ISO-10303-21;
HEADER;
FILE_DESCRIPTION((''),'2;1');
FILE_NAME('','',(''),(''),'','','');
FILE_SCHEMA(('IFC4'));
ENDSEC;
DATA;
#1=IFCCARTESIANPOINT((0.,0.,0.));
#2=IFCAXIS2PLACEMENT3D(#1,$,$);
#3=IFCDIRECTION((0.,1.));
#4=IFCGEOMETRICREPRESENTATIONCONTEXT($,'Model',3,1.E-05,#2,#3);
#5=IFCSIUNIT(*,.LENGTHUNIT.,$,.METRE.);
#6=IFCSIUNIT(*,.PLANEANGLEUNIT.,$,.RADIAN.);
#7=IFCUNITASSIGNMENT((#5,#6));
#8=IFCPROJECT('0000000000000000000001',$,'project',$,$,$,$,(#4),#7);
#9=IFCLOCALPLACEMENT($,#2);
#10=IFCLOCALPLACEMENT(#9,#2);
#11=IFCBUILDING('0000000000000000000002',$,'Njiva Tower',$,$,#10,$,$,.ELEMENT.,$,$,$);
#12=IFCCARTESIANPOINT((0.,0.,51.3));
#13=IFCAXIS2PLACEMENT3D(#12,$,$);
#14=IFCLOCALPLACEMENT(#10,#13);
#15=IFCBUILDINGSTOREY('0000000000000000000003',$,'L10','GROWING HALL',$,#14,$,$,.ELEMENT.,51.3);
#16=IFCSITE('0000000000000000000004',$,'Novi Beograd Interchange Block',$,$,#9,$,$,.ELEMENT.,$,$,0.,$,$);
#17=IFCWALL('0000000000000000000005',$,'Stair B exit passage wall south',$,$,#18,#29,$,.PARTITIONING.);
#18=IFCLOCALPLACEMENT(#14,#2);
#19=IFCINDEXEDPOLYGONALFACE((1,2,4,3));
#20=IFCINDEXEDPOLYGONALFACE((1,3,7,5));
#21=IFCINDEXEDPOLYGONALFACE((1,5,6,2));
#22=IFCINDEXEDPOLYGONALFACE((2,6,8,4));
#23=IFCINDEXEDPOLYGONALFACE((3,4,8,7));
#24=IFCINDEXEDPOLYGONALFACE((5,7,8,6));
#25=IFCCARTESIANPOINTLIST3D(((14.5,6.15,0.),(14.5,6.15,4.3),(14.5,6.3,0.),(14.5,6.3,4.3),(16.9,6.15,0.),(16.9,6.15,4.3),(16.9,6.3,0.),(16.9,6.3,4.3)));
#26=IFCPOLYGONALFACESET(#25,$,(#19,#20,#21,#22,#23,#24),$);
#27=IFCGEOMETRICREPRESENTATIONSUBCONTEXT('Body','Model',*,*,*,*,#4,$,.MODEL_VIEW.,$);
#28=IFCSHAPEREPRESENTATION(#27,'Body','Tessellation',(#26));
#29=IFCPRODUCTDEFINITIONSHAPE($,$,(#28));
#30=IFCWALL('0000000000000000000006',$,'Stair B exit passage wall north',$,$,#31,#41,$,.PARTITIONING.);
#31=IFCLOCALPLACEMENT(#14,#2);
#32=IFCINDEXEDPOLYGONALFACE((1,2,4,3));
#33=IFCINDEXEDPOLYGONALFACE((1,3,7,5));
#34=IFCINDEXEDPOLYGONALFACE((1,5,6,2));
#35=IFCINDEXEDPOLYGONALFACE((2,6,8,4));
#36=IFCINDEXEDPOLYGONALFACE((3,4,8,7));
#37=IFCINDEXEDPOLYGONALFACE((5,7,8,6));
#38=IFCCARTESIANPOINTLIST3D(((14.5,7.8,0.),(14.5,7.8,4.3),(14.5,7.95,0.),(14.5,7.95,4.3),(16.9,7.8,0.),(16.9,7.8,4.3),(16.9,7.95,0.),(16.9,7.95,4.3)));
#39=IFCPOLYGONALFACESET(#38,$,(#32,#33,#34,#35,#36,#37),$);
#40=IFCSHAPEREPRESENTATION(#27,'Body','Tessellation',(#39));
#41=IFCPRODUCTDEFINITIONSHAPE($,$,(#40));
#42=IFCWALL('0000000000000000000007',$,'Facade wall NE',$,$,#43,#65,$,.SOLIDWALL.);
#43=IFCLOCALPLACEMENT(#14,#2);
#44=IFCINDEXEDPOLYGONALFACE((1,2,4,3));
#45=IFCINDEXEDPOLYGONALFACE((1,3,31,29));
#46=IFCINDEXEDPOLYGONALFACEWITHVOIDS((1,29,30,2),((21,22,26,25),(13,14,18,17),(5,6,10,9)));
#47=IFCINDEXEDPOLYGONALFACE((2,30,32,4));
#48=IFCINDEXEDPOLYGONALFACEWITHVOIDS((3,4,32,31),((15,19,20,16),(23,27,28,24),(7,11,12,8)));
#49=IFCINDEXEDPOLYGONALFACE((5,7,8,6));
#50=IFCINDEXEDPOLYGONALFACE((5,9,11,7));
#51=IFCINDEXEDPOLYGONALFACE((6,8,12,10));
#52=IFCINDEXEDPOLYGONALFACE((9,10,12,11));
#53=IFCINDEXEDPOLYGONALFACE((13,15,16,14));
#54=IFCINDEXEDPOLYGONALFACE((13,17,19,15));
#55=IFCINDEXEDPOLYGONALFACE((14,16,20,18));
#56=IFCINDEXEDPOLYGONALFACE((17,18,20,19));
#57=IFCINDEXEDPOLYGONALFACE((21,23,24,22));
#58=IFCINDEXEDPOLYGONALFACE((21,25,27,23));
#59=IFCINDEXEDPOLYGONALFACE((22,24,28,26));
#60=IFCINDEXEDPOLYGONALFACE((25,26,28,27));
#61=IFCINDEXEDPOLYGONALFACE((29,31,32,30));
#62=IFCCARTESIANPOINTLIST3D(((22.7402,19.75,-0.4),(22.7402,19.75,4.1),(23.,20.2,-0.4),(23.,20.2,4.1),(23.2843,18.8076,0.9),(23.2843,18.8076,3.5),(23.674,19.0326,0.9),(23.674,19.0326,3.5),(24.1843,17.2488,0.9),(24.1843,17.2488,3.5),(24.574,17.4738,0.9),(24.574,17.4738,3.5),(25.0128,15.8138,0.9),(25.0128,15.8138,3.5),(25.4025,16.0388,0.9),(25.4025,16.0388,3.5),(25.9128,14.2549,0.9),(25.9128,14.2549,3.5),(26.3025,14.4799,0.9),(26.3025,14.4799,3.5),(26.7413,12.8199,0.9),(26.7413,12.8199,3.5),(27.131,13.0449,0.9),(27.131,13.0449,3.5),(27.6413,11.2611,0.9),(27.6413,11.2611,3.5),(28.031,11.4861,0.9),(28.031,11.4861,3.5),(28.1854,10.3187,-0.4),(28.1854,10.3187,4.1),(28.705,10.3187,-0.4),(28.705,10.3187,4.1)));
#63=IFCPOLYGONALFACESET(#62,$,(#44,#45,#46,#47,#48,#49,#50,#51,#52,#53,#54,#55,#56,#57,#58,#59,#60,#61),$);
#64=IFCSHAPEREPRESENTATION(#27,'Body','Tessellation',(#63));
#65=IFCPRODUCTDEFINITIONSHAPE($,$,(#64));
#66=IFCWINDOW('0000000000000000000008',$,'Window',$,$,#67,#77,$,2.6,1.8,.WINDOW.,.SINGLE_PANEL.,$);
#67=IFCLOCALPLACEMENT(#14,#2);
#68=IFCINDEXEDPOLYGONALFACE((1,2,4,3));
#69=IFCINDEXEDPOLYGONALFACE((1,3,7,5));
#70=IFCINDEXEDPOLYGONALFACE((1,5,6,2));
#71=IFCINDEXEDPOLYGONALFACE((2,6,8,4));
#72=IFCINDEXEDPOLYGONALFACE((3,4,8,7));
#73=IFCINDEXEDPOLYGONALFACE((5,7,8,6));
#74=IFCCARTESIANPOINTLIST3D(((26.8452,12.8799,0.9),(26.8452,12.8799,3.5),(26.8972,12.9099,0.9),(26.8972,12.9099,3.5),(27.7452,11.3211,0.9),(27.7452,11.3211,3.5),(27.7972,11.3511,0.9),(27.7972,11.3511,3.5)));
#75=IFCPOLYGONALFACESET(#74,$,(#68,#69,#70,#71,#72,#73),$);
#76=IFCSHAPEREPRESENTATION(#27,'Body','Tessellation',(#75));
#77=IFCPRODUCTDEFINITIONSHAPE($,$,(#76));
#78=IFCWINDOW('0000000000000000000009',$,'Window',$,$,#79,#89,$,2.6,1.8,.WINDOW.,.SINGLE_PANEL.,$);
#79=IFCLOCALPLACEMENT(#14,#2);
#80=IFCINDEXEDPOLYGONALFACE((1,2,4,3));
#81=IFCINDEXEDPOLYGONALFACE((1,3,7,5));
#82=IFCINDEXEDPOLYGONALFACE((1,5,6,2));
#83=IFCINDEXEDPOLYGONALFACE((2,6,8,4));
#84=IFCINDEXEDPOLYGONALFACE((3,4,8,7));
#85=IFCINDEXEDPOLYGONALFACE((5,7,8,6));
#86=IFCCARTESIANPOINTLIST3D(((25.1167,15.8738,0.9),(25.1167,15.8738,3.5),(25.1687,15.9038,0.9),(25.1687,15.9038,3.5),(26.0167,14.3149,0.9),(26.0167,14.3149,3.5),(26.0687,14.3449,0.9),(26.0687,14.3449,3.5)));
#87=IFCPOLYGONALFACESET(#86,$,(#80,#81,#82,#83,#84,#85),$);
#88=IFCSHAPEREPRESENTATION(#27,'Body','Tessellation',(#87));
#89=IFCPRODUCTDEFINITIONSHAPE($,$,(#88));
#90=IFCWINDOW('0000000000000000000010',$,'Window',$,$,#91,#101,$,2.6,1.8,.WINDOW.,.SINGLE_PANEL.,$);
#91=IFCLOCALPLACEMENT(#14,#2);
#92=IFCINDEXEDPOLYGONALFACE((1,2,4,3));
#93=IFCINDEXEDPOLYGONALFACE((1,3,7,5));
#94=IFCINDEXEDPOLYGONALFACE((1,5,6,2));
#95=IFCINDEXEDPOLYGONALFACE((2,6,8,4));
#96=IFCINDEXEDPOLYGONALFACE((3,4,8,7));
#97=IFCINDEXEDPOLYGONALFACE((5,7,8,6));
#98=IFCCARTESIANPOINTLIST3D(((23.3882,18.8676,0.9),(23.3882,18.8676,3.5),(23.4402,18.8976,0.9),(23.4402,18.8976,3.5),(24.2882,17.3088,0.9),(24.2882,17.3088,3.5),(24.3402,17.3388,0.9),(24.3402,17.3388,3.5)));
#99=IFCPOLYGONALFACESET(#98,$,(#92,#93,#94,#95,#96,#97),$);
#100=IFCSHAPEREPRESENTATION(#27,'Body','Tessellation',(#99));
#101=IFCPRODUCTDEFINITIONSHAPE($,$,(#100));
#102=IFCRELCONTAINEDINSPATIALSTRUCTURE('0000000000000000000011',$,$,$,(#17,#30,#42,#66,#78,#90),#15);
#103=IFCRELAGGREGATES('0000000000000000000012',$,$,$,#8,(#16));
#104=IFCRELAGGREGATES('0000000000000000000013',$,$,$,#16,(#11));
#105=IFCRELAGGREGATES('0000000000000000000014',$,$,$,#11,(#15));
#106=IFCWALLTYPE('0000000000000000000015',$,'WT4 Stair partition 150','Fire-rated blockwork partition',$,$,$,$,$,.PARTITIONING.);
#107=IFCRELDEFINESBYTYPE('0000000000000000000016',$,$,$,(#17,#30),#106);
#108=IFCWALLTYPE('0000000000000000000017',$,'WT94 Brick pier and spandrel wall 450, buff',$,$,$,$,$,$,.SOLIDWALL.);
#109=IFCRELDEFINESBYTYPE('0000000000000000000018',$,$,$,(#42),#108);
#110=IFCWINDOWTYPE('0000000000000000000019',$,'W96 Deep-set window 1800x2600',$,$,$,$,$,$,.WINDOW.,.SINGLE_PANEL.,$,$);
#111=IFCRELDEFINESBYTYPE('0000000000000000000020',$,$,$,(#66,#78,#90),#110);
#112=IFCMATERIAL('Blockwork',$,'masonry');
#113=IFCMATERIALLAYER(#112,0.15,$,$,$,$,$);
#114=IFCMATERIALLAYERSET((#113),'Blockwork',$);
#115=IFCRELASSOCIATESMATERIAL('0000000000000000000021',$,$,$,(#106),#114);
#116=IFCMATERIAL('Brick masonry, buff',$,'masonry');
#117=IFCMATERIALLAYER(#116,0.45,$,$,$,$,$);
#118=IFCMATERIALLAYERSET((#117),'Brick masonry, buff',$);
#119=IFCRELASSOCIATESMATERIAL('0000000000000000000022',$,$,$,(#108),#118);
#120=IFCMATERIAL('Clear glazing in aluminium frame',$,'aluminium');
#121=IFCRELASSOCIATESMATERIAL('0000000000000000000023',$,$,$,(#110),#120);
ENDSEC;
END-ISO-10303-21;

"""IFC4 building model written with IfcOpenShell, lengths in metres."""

from ifc_helpers import new_model, si_unit, direction, frame, frame_2d, origin, place, context, subcontext, project, spatial, polyline, rectangle, outline, extrude, material, layer, layer_set, type_object, element, fill, save


model = new_model("IFC4")

# Units and contexts
model_context = context("Model", 3, precision=1e-05, world=origin(), true_north=direction((0.0, 1.0)))
body_context = subcontext(model_context, "Body", "Model", "MODEL_VIEW")
ifc_project = project(units=[si_unit("LENGTHUNIT", "METRE"), si_unit("PLANEANGLEUNIT", "RADIAN")], contexts=[model_context])

# Site, building, storey
site_placement = place(None, origin())
site = spatial("IfcSite", under=ifc_project, at=site_placement, Name="Novi Beograd Interchange Block", CompositionType="ELEMENT", RefElevation=0.0)
building_placement = place(site_placement, origin())
building = spatial("IfcBuilding", under=site, at=building_placement, Name="Njiva Tower", CompositionType="ELEMENT")
storey_placement = place(building_placement, frame((0.0, 0.0, 51.3)))
storey = spatial("IfcBuildingStorey", under=building, at=storey_placement, Name="L10", Description="GROWING HALL", CompositionType="ELEMENT", Elevation=51.3)

# Walls
ifc_material_1 = material(Name="Blockwork", Category="masonry")
ifc_layer_1 = layer(ifc_material_1, 0.15)
ifc_layer_set_1 = layer_set([ifc_layer_1], Name="Blockwork")
wall_type_1 = type_object("IfcWallType", Name="WT4 Stair partition 150", Description="Fire-rated blockwork partition", PredefinedType="PARTITIONING", material=ifc_layer_set_1)
for number, where, z_axis, x_axis, name in (
    (1, (14.5, 6.225, 0.0), (0.0, 0.0, 1.0), (1.0, 0.0, 0.0), "Stair B exit passage wall south"),
    (2, (14.5, 7.875, 0.0), (0.0, 0.0, 1.0), (1.0, 0.0, 0.0), "Stair B exit passage wall north"),
):
    element("IfcWall", number, at=place(storey_placement, frame(where, z_axis=z_axis, x_axis=x_axis)), inside=storey, type_object=wall_type_1, Name=name, PredefinedType="PARTITIONING", context=body_context, shape_type="SweptSolid", body=[
        extrude(rectangle(XDim=2.4, YDim=0.15, at=frame_2d((1.2, 0.0))), origin(), (0.0, 0.0, 1.0), 4.3),
    ])

# Wall, openings, windows
ifc_material_2 = material(Name="Brick masonry, buff", Category="masonry")
ifc_layer_2 = layer(ifc_material_2, 0.45)
ifc_layer_set_2 = layer_set([ifc_layer_2], Name="Brick masonry, buff")
wall_type_2 = type_object("IfcWallType", Name="WT94 Brick pier and spandrel wall 450, buff", PredefinedType="SOLIDWALL", material=ifc_layer_set_2)
wall_1_placement = place(storey_placement, frame((28.4452, 10.3187, -0.4), z_axis=(0.0, 0.0, 1.0), x_axis=(-0.500002, 0.866024, 0.0)))
wall_1 = element("IfcWall", 3, at=wall_1_placement, inside=storey, type_object=wall_type_2, Name="Facade wall NE", PredefinedType="SOLIDWALL", context=body_context, shape_type="SweptSolid", body=[
    extrude(outline(polyline([(-0.1299, -0.225), (11.2801, -0.225), (11.0203, 0.225), (0.1299, 0.225), (-0.1299, -0.225)])), origin(), (0.0, 0.0, 1.0), 4.5),
])
opening_1_placement = place(wall_1_placement, frame((1.2181, 0.0, 1.3)))
opening_1 = element("IfcOpeningElement", 4, at=opening_1_placement, cuts=wall_1, PredefinedType="OPENING", context=body_context, shape_type="SweptSolid", body=[
    extrude(rectangle(XDim=1.8, YDim=2.6, at=frame_2d((0.9, 1.3))), frame((0.0, 0.235, 0.0), z_axis=(0.0, -1.0, 0.0), x_axis=(1.0, 0.0, 0.0)), (0.0, 0.0, 1.0), 0.47),
])
opening_2_placement = place(wall_1_placement, frame((4.6751, 0.0, 1.3)))
opening_2 = element("IfcOpeningElement", 5, at=opening_2_placement, cuts=wall_1, PredefinedType="OPENING", context=body_context, shape_type="SweptSolid", body=[
    extrude(rectangle(XDim=1.8, YDim=2.6, at=frame_2d((0.9, 1.3))), frame((0.0, 0.235, 0.0), z_axis=(0.0, -1.0, 0.0), x_axis=(1.0, 0.0, 0.0)), (0.0, 0.0, 1.0), 0.47),
])
opening_3_placement = place(wall_1_placement, frame((8.1321, 0.0, 1.3)))
opening_3 = element("IfcOpeningElement", 6, at=opening_3_placement, cuts=wall_1, PredefinedType="OPENING", context=body_context, shape_type="SweptSolid", body=[
    extrude(rectangle(XDim=1.8, YDim=2.6, at=frame_2d((0.9, 1.3))), frame((0.0, 0.235, 0.0), z_axis=(0.0, -1.0, 0.0), x_axis=(1.0, 0.0, 0.0)), (0.0, 0.0, 1.0), 0.47),
])
ifc_material_3 = material(Name="Clear glazing in aluminium frame", Category="aluminium")
window_type = type_object("IfcWindowType", Name="W96 Deep-set window 1800x2600", PartitioningType="SINGLE_PANEL", PredefinedType="WINDOW", material=ifc_material_3)
window_1_placement = place(opening_1_placement, origin())
window_1 = element("IfcWindow", 7, at=window_1_placement, inside=storey, type_object=window_type, Name="Window", OverallHeight=2.6, OverallWidth=1.8, PartitioningType="SINGLE_PANEL", PredefinedType="WINDOW", context=body_context, shape_type="SweptSolid", body=[
    extrude(rectangle(XDim=1.8, YDim=2.6, at=frame_2d((0.9, 1.3))), frame((0.0, 0.105, 0.0), z_axis=(0.0, -1.0, 0.0), x_axis=(1.0, 0.0, 0.0)), (0.0, 0.0, 1.0), 0.06),
])
fill(opening_1, window_1)
window_2_placement = place(opening_2_placement, origin())
window_2 = element("IfcWindow", 8, at=window_2_placement, inside=storey, type_object=window_type, Name="Window", OverallHeight=2.6, OverallWidth=1.8, PartitioningType="SINGLE_PANEL", PredefinedType="WINDOW", context=body_context, shape_type="SweptSolid", body=[
    extrude(rectangle(XDim=1.8, YDim=2.6, at=frame_2d((0.9, 1.3))), frame((0.0, 0.105, 0.0), z_axis=(0.0, -1.0, 0.0), x_axis=(1.0, 0.0, 0.0)), (0.0, 0.0, 1.0), 0.06),
])
fill(opening_2, window_2)
window_3_placement = place(opening_3_placement, origin())
window_3 = element("IfcWindow", 9, at=window_3_placement, inside=storey, type_object=window_type, Name="Window", OverallHeight=2.6, OverallWidth=1.8, PartitioningType="SINGLE_PANEL", PredefinedType="WINDOW", context=body_context, shape_type="SweptSolid", body=[
    extrude(rectangle(XDim=1.8, YDim=2.6, at=frame_2d((0.9, 1.3))), frame((0.0, 0.105, 0.0), z_axis=(0.0, -1.0, 0.0), x_axis=(1.0, 0.0, 0.0)), (0.0, 0.0, 1.0), 0.06),
])
fill(opening_3, window_3)

save(model, "model.ifc")
